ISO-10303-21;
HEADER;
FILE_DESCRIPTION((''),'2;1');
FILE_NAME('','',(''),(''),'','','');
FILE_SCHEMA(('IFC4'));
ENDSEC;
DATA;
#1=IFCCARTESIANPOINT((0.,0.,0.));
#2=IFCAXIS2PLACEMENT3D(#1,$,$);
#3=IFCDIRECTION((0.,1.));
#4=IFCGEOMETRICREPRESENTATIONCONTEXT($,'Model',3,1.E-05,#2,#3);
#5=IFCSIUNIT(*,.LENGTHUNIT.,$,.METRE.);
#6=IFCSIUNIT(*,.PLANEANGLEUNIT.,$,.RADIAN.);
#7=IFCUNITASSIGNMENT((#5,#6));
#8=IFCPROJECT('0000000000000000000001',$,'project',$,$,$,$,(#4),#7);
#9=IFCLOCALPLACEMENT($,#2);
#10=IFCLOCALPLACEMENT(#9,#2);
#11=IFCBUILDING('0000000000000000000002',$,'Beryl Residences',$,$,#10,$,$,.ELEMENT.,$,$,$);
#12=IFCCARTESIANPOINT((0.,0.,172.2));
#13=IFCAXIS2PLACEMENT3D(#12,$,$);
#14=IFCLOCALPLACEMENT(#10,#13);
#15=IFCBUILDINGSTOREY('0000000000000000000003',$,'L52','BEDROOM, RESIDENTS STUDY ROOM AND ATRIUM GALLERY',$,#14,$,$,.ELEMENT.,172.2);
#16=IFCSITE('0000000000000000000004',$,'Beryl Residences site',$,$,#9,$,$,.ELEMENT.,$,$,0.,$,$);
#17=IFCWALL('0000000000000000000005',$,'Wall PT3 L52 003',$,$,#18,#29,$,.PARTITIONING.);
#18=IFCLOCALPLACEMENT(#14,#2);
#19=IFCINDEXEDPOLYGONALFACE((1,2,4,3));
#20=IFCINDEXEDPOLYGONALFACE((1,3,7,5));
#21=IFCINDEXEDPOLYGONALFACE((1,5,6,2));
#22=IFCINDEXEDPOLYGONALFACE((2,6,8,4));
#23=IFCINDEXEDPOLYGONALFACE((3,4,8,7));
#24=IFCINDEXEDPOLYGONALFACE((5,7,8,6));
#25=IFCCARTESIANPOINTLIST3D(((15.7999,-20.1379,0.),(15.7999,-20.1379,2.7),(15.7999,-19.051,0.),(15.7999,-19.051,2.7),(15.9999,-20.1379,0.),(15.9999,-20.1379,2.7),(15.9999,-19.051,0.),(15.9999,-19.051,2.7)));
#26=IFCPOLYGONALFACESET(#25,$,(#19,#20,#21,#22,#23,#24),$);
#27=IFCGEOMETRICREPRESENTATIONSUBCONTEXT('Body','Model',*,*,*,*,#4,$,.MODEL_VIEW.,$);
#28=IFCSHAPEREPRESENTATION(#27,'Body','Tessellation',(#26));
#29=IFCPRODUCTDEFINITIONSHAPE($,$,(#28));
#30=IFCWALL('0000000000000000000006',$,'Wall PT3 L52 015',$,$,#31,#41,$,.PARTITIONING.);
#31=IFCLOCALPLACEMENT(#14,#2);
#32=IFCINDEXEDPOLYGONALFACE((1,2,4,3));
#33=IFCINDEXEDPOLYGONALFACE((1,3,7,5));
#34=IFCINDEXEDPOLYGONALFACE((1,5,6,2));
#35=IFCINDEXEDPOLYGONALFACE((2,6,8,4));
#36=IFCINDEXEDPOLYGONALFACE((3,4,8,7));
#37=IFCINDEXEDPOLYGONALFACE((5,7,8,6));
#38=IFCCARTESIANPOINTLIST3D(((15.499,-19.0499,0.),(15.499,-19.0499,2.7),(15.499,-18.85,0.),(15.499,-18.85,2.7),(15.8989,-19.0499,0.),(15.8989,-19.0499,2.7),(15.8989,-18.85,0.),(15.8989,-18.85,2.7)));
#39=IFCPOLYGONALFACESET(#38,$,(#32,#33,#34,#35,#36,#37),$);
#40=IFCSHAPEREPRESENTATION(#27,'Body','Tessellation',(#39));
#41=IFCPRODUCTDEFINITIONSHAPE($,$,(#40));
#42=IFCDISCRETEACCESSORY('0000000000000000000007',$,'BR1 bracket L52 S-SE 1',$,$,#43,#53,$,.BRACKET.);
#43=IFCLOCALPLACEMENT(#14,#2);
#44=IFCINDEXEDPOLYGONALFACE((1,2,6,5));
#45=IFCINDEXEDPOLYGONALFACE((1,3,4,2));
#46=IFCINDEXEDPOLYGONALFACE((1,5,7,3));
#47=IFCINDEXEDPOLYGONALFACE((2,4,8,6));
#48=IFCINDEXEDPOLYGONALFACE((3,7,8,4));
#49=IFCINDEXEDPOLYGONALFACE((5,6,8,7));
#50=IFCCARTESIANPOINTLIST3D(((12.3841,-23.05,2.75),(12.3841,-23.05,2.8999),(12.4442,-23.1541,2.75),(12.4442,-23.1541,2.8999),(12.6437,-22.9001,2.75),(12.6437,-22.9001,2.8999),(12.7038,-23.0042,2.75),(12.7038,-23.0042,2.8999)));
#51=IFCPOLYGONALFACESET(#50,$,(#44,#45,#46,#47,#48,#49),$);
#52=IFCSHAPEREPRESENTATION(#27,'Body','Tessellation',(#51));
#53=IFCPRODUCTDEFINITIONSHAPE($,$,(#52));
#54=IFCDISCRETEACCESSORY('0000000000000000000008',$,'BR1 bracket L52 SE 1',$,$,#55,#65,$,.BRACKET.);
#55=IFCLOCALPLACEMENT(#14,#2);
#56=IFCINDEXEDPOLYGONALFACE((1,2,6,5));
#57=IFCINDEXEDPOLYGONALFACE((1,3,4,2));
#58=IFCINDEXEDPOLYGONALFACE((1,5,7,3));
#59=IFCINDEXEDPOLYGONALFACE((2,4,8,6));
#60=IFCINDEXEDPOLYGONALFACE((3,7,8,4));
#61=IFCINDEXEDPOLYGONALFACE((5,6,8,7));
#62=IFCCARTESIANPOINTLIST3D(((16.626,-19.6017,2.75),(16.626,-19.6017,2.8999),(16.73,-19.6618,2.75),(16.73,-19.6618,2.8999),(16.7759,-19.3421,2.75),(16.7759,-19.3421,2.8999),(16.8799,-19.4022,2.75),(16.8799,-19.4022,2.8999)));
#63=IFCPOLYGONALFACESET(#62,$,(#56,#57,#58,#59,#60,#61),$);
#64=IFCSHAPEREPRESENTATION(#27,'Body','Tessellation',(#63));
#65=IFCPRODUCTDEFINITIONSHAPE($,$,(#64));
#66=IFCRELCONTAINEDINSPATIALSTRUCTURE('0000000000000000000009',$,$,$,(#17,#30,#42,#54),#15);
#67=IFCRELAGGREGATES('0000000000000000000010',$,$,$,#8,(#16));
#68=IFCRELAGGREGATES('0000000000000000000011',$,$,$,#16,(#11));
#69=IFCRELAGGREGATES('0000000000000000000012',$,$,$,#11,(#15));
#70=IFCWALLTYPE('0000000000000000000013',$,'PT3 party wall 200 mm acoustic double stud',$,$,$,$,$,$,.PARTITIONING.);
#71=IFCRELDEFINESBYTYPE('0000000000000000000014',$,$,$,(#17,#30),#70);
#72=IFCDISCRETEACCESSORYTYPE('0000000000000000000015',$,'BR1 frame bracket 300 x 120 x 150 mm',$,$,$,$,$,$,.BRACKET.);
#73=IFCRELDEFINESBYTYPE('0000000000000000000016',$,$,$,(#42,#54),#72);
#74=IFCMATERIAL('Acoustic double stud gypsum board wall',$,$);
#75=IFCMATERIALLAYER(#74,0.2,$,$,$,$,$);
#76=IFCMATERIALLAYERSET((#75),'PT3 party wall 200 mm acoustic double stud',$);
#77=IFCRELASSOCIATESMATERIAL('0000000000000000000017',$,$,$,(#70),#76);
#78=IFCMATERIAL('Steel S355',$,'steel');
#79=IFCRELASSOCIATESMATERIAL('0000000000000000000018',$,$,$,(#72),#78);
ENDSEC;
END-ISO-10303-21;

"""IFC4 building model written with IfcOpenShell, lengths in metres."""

from ifc_helpers import new_model, si_unit, direction, frame, frame_2d, origin, place, context, subcontext, project, spatial, polyline, rectangle, outline, extrude, source, transform, mapped, material, layer, layer_set, type_object, type_shapes, element, save


model = new_model("IFC4")

# Units and contexts
model_context = context("Model", 3, precision=1e-05, world=origin(), true_north=direction((0.0, 1.0)))
body_context = subcontext(model_context, "Body", "Model", "MODEL_VIEW")
ifc_project = project(units=[si_unit("LENGTHUNIT", "METRE"), si_unit("PLANEANGLEUNIT", "RADIAN")], contexts=[model_context])

# Site, building, storey
site_placement = place(None, origin())
site = spatial("IfcSite", under=ifc_project, at=site_placement, Name="Beryl Residences site", CompositionType="ELEMENT", RefElevation=0.0)
building_placement = place(site_placement, origin())
building = spatial("IfcBuilding", under=site, at=building_placement, Name="Beryl Residences", CompositionType="ELEMENT")
storey_placement = place(building_placement, frame((0.0, 0.0, 172.2)))
storey = spatial("IfcBuildingStorey", under=building, at=storey_placement, Name="L52", Description="BEDROOM, RESIDENTS STUDY ROOM AND ATRIUM GALLERY", CompositionType="ELEMENT", Elevation=172.2)

# Walls
ifc_material_1 = material(Name="Acoustic double stud gypsum board wall")
ifc_layer_1 = layer(ifc_material_1, 0.2)
ifc_layer_set_1 = layer_set([ifc_layer_1], Name="PT3 party wall 200 mm acoustic double stud")
wall_type_1 = type_object("IfcWallType", Name="PT3 party wall 200 mm acoustic double stud", PredefinedType="PARTITIONING", material=ifc_layer_set_1)
wall_1_placement = place(storey_placement, frame((15.8999, -19.051, 0.0), z_axis=(0.0, 0.0, 1.0), x_axis=(0.0, -1.0, 0.0)))
element("IfcWall", 1, at=wall_1_placement, inside=storey, type_object=wall_type_1, Name="Wall PT3 L52 003", PredefinedType="PARTITIONING", context=body_context, shape_type="SweptSolid", body=[
    extrude(rectangle(XDim=1.0869, YDim=0.2, at=frame_2d((0.5435, 0.0))), origin(), (0.0, 0.0, 1.0), 2.7),
])
wall_2_placement = place(storey_placement, frame((15.499, -18.95, 0.0), z_axis=(0.0, 0.0, 1.0), x_axis=(1.0, 0.0, 0.0)))
element("IfcWall", 2, at=wall_2_placement, inside=storey, type_object=wall_type_1, Name="Wall PT3 L52 015", PredefinedType="PARTITIONING", context=body_context, shape_type="SweptSolid", body=[
    extrude(rectangle(XDim=0.3999, YDim=0.2, at=frame_2d((0.2, 0.0))), origin(), (0.0, 0.0, 1.0), 2.7),
])

# Discrete accessories
ifc_material_2 = material(Name="Steel S355", Category="steel")
discrete_accessory_type = type_object("IfcDiscreteAccessoryType", Name="BR1 frame bracket 300 x 120 x 150 mm", PredefinedType="BRACKET", material=ifc_material_2)
shared_shape_1 = source(origin(), body_context, "Body", "SweptSolid", [
    extrude(outline(polyline([(-0.1499, 0.0), (0.1499, 0.0), (0.1499, 0.1201), (-0.1499, 0.1201), (-0.1499, 0.0)])), origin(), (0.0, 0.0, 1.0), 0.1499),
])
type_shapes(discrete_accessory_type, [shared_shape_1])
for number, where, z_axis, x_axis, name in (
    (3, (12.5139, -22.9751, 2.75), (0.0, 0.0, 1.0), (-0.866025, -0.5, 0.0), "BR1 bracket L52 S-SE 1"),
    (4, (16.7009, -19.4719, 2.75), (0.0, 0.0, 1.0), (-0.5, -0.866025, 0.0), "BR1 bracket L52 SE 1"),
):
    element("IfcDiscreteAccessory", number, at=place(storey_placement, frame(where, z_axis=z_axis, x_axis=x_axis)), inside=storey, type_object=discrete_accessory_type, Name=name, PredefinedType="BRACKET", context=body_context, shape_type="MappedRepresentation", body=[
        mapped(shared_shape_1, transform((0.0, 0.0, 0.0))),
    ])

save(model, "model.ifc")
